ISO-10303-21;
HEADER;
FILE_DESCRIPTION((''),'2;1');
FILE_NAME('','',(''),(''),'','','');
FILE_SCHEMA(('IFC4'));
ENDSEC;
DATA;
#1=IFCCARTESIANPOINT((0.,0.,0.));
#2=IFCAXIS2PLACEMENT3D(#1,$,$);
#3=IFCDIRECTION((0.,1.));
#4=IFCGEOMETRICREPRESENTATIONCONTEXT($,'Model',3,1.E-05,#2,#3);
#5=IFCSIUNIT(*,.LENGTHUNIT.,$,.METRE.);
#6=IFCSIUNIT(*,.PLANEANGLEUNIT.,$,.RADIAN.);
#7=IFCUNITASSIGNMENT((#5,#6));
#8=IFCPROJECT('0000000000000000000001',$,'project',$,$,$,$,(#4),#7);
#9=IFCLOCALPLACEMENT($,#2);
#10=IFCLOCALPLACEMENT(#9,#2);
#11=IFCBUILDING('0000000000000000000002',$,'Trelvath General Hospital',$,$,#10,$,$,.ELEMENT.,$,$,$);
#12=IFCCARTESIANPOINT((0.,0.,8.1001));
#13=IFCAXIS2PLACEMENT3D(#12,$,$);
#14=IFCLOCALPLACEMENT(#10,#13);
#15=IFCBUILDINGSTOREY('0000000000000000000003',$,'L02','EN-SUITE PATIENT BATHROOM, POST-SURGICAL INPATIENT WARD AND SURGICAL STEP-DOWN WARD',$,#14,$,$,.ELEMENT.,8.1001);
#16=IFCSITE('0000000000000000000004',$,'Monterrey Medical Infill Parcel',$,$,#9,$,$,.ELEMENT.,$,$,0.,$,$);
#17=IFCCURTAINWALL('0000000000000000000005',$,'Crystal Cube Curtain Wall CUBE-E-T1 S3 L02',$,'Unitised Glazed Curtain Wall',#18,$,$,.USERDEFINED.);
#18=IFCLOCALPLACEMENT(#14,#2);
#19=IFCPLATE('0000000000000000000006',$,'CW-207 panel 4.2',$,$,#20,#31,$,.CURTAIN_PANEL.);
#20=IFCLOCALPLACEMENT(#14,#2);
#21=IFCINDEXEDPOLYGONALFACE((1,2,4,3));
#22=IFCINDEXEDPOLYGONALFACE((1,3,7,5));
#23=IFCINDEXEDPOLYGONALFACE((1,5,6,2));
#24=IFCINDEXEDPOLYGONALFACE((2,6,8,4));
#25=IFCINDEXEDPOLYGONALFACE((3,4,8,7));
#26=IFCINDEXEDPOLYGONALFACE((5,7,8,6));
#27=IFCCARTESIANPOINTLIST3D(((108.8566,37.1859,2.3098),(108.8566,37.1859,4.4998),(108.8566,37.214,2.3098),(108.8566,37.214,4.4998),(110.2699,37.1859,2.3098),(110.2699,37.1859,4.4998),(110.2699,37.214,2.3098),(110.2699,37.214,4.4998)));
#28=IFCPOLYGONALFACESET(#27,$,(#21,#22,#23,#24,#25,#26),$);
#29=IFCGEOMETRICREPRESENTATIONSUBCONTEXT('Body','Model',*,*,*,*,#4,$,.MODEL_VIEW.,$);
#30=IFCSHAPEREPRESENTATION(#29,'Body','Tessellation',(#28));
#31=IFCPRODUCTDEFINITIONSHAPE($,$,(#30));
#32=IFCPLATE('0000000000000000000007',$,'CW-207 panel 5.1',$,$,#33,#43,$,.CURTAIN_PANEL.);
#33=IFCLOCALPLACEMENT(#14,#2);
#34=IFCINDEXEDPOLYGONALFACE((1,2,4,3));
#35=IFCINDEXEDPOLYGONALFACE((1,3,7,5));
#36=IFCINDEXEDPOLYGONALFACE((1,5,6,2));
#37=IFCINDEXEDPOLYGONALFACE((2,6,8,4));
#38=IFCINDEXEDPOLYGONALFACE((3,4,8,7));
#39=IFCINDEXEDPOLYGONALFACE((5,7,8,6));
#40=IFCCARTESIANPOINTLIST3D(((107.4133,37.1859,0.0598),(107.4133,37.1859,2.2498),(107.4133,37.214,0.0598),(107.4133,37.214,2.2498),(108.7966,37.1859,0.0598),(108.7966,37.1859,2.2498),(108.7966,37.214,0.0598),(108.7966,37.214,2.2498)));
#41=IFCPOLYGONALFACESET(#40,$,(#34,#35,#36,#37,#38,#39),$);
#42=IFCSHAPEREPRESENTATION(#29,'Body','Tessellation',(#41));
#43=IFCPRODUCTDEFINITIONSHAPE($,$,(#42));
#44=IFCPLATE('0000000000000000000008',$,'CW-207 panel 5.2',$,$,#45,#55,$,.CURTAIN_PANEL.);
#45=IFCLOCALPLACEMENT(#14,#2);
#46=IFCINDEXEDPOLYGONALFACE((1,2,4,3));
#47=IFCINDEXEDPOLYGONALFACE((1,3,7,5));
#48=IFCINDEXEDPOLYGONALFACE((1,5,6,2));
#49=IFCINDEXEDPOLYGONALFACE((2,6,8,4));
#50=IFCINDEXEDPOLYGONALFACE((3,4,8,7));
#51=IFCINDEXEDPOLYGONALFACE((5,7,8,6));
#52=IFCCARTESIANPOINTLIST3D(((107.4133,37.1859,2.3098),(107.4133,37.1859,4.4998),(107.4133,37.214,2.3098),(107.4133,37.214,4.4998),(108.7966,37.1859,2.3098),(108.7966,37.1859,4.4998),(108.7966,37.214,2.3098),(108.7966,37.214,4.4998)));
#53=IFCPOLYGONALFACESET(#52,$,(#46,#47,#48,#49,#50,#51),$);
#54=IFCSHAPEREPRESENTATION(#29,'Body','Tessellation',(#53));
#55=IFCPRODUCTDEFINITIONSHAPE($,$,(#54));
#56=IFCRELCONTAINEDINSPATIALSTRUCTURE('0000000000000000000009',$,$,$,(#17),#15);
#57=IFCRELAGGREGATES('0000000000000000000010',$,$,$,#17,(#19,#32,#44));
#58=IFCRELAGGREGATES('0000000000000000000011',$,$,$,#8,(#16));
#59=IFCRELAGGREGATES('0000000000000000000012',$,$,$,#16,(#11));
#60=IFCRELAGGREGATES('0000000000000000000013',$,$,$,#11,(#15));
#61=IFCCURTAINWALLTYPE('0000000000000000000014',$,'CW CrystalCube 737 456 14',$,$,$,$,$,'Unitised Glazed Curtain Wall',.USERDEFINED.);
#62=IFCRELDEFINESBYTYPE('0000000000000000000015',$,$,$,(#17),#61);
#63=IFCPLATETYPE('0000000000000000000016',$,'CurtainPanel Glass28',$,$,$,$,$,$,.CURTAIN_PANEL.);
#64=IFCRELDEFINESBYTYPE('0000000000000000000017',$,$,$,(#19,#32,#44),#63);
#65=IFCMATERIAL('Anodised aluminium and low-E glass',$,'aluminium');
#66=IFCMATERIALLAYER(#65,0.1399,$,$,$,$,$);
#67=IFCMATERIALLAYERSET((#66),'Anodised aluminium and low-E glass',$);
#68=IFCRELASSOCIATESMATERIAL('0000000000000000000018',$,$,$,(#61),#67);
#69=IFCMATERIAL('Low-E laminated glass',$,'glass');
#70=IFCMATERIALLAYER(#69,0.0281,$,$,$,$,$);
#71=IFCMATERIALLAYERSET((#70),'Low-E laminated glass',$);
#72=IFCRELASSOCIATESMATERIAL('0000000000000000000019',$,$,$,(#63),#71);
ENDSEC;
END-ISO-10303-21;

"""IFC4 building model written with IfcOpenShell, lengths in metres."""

from ifc_helpers import new_model, si_unit, direction, frame, origin, origin_2d, place, context, subcontext, project, spatial, rectangle, extrude, material, layer, layer_set, type_object, element, aggregate, save


model = new_model("IFC4")

# Units and contexts
model_context = context("Model", 3, precision=1e-05, world=origin(), true_north=direction((0.0, 1.0)))
body_context = subcontext(model_context, "Body", "Model", "MODEL_VIEW")
ifc_project = project(units=[si_unit("LENGTHUNIT", "METRE"), si_unit("PLANEANGLEUNIT", "RADIAN")], contexts=[model_context])

# Site, building, storey
site_placement = place(None, origin())
site = spatial("IfcSite", under=ifc_project, at=site_placement, Name="Monterrey Medical Infill Parcel", CompositionType="ELEMENT", RefElevation=0.0)
building_placement = place(site_placement, origin())
building = spatial("IfcBuilding", under=site, at=building_placement, Name="Trelvath General Hospital", CompositionType="ELEMENT")
storey_placement = place(building_placement, frame((0.0, 0.0, 8.1001)))
storey = spatial("IfcBuildingStorey", under=building, at=storey_placement, Name="L02", Description="EN-SUITE PATIENT BATHROOM, POST-SURGICAL INPATIENT WARD AND SURGICAL STEP-DOWN WARD", CompositionType="ELEMENT", Elevation=8.1001)

# Curtain wall, plates
ifc_material_1 = material(Name="Anodised aluminium and low-E glass", Category="aluminium")
ifc_layer_1 = layer(ifc_material_1, 0.1399)
ifc_layer_set_1 = layer_set([ifc_layer_1], Name="Anodised aluminium and low-E glass")
curtain_wall_type = type_object("IfcCurtainWallType", Name="CW CrystalCube 737 456 14", ElementType="Unitised Glazed Curtain Wall", PredefinedType="USERDEFINED", material=ifc_layer_set_1)
curtain_wall_placement = place(storey_placement, origin())
curtain_wall = element("IfcCurtainWall", 1, at=curtain_wall_placement, inside=storey, type_object=curtain_wall_type, Name="Crystal Cube Curtain Wall CUBE-E-T1 S3 L02", ObjectType="Unitised Glazed Curtain Wall", PredefinedType="USERDEFINED")
ifc_material_2 = material(Name="Low-E laminated glass", Category="glass")
ifc_layer_2 = layer(ifc_material_2, 0.0281)
ifc_layer_set_2 = layer_set([ifc_layer_2], Name="Low-E laminated glass")
plate_type = type_object("IfcPlateType", Name="CurtainPanel Glass28", PredefinedType="CURTAIN_PANEL", material=ifc_layer_set_2)
plate_1_placement = place(storey_placement, frame((109.5632, 37.2, 2.3098), z_axis=(0.0, 0.0, 1.0), x_axis=(-1.0, 0.0, 0.0)))
plate_1 = element("IfcPlate", 2, at=plate_1_placement, type_object=plate_type, Name="CW-207 panel 4.2", PredefinedType="CURTAIN_PANEL", context=body_context, shape_type="SweptSolid", body=[
    extrude(rectangle(XDim=1.4133, YDim=0.0281, at=origin_2d()), origin(), (0.0, 0.0, 1.0), 2.1899),
])
plate_2_placement = place(storey_placement, frame((108.105, 37.2, 0.0598), z_axis=(0.0, 0.0, 1.0), x_axis=(-1.0, 0.0, 0.0)))
plate_2 = element("IfcPlate", 3, at=plate_2_placement, type_object=plate_type, Name="CW-207 panel 5.1", PredefinedType="CURTAIN_PANEL", context=body_context, shape_type="SweptSolid", body=[
    extrude(rectangle(XDim=1.3833, YDim=0.0281, at=origin_2d()), origin(), (0.0, 0.0, 1.0), 2.1899),
])
plate_3_placement = place(storey_placement, frame((108.105, 37.2, 2.3098), z_axis=(0.0, 0.0, 1.0), x_axis=(-1.0, 0.0, 0.0)))
plate_3 = element("IfcPlate", 4, at=plate_3_placement, type_object=plate_type, Name="CW-207 panel 5.2", PredefinedType="CURTAIN_PANEL", context=body_context, shape_type="SweptSolid", body=[
    extrude(rectangle(XDim=1.3833, YDim=0.0281, at=origin_2d()), origin(), (0.0, 0.0, 1.0), 2.1899),
])
aggregate(curtain_wall, [plate_1, plate_2, plate_3])

save(model, "model.ifc")
